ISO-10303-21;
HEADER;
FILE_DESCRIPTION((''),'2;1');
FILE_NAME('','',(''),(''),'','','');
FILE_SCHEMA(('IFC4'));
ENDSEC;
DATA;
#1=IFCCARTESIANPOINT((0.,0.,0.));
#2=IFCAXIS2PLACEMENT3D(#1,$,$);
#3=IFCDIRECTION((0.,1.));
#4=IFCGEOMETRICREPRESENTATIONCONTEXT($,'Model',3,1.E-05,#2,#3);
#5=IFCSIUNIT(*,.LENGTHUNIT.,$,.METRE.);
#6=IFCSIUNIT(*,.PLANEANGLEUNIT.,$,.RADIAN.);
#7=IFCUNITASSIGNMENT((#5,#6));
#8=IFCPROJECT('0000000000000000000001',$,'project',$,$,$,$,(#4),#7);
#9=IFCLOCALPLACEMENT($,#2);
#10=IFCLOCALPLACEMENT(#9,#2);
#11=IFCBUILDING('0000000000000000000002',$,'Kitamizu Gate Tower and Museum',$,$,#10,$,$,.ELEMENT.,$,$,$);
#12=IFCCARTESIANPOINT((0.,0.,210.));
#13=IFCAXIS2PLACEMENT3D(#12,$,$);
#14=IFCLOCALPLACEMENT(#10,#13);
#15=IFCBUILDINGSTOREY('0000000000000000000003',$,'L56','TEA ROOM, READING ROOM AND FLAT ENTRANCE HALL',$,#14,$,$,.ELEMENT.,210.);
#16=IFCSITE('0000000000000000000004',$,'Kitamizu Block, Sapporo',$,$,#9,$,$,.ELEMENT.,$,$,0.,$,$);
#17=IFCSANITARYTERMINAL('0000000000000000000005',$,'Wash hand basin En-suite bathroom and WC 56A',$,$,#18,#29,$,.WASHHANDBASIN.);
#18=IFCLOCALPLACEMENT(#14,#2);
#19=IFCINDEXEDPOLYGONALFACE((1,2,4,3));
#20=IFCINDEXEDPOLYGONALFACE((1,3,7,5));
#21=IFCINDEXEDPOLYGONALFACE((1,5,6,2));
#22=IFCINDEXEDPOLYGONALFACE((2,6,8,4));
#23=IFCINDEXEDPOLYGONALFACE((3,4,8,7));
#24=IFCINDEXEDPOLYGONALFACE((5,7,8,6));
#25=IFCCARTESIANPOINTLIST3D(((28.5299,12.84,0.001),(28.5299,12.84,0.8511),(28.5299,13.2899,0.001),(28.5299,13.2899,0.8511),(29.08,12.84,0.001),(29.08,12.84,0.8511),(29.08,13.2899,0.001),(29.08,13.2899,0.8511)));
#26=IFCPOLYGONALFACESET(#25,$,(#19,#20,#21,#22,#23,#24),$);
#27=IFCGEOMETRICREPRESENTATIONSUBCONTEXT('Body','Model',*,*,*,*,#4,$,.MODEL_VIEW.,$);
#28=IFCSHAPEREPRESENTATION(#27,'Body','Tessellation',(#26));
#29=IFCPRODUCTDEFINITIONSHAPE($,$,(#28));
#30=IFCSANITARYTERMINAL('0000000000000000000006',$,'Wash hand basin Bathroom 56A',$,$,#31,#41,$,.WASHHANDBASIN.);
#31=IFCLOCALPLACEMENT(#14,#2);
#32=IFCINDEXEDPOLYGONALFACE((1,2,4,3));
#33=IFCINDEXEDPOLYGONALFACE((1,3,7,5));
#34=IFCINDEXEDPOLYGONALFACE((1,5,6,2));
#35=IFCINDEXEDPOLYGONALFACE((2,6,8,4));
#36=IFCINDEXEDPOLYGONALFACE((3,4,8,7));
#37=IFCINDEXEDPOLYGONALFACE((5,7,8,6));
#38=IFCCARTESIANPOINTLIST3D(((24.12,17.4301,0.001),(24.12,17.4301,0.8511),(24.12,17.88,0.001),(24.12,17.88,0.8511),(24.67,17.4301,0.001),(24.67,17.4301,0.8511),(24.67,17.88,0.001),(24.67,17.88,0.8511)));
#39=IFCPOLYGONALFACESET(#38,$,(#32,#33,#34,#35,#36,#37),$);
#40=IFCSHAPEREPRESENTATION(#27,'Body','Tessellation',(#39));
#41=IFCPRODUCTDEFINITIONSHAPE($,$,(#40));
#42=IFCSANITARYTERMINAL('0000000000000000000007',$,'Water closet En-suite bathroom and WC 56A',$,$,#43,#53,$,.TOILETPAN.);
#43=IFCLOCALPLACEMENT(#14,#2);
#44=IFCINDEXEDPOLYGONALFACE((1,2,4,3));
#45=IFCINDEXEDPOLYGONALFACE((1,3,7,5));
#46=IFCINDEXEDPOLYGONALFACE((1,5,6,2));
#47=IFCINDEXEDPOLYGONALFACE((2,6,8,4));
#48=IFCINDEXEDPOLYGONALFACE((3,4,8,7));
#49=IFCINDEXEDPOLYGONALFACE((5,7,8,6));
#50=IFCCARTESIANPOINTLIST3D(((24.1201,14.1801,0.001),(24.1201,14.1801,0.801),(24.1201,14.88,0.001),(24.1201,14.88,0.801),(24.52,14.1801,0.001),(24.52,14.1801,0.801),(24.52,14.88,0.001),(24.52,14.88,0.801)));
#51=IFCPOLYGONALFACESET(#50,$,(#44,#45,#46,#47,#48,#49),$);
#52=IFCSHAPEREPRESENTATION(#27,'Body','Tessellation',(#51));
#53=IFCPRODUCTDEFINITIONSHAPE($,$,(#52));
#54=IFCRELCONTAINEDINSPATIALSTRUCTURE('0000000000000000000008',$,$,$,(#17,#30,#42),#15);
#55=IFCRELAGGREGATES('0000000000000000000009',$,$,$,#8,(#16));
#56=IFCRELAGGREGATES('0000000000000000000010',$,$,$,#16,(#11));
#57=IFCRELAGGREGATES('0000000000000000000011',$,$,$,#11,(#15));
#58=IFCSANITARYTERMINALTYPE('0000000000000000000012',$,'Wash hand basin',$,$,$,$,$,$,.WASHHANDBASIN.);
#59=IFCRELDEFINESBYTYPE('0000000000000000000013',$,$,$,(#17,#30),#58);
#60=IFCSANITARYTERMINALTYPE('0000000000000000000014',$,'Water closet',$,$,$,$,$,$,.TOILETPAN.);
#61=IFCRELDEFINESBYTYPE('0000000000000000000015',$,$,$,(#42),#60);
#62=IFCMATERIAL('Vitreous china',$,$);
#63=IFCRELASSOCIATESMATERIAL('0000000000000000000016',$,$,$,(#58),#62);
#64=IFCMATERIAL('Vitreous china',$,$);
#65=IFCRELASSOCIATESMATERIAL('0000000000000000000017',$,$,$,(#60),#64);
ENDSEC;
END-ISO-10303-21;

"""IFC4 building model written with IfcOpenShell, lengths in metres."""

from ifc_helpers import new_model, si_unit, direction, frame, origin, origin_2d, place, context, subcontext, project, spatial, rectangle, extrude, material, type_object, element, save


model = new_model("IFC4")

# Units and contexts
model_context = context("Model", 3, precision=1e-05, world=origin(), true_north=direction((0.0, 1.0)))
body_context = subcontext(model_context, "Body", "Model", "MODEL_VIEW")
ifc_project = project(units=[si_unit("LENGTHUNIT", "METRE"), si_unit("PLANEANGLEUNIT", "RADIAN")], contexts=[model_context])

# Site, building, storey
site_placement = place(None, origin())
site = spatial("IfcSite", under=ifc_project, at=site_placement, Name="Kitamizu Block, Sapporo", CompositionType="ELEMENT", RefElevation=0.0)
building_placement = place(site_placement, origin())
building = spatial("IfcBuilding", under=site, at=building_placement, Name="Kitamizu Gate Tower and Museum", CompositionType="ELEMENT")
storey_placement = place(building_placement, frame((0.0, 0.0, 210.0)))
storey = spatial("IfcBuildingStorey", under=building, at=storey_placement, Name="L56", Description="TEA ROOM, READING ROOM AND FLAT ENTRANCE HALL", CompositionType="ELEMENT", Elevation=210.0)

# Sanitary terminals
ifc_material_1 = material(Name="Vitreous china")
sanitary_terminal_type_1 = type_object("IfcSanitaryTerminalType", Name="Wash hand basin", PredefinedType="WASHHANDBASIN", material=ifc_material_1)
for number, where, z_axis, x_axis, name in (
    (1, (28.8049, 13.0649, 0.001), (0.0, 0.0, 1.0), (1.0, 0.0, 0.0), "Wash hand basin En-suite bathroom and WC 56A"),
    (2, (24.395, 17.655, 0.001), (0.0, 0.0, 1.0), (1.0, 0.0, 0.0), "Wash hand basin Bathroom 56A"),
):
    element("IfcSanitaryTerminal", number, at=place(storey_placement, frame(where, z_axis=z_axis, x_axis=x_axis)), inside=storey, type_object=sanitary_terminal_type_1, Name=name, PredefinedType="WASHHANDBASIN", context=body_context, shape_type="SweptSolid", body=[
        extrude(rectangle(XDim=0.55, YDim=0.45, at=origin_2d()), origin(), (0.0, 0.0, 1.0), 0.8501),
    ])
ifc_material_2 = material(Name="Vitreous china")
sanitary_terminal_type_2 = type_object("IfcSanitaryTerminalType", Name="Water closet", PredefinedType="TOILETPAN", material=ifc_material_2)
sanitary_terminal_1_placement = place(storey_placement, frame((24.3201, 14.53, 0.001), z_axis=(0.0, 0.0, 1.0), x_axis=(1.0, 0.0, 0.0)))
element("IfcSanitaryTerminal", 3, at=sanitary_terminal_1_placement, inside=storey, type_object=sanitary_terminal_type_2, Name="Water closet En-suite bathroom and WC 56A", PredefinedType="TOILETPAN", context=body_context, shape_type="SweptSolid", body=[
    extrude(rectangle(XDim=0.3999, YDim=0.7, at=origin_2d()), origin(), (0.0, 0.0, 1.0), 0.8),
])

save(model, "model.ifc")
